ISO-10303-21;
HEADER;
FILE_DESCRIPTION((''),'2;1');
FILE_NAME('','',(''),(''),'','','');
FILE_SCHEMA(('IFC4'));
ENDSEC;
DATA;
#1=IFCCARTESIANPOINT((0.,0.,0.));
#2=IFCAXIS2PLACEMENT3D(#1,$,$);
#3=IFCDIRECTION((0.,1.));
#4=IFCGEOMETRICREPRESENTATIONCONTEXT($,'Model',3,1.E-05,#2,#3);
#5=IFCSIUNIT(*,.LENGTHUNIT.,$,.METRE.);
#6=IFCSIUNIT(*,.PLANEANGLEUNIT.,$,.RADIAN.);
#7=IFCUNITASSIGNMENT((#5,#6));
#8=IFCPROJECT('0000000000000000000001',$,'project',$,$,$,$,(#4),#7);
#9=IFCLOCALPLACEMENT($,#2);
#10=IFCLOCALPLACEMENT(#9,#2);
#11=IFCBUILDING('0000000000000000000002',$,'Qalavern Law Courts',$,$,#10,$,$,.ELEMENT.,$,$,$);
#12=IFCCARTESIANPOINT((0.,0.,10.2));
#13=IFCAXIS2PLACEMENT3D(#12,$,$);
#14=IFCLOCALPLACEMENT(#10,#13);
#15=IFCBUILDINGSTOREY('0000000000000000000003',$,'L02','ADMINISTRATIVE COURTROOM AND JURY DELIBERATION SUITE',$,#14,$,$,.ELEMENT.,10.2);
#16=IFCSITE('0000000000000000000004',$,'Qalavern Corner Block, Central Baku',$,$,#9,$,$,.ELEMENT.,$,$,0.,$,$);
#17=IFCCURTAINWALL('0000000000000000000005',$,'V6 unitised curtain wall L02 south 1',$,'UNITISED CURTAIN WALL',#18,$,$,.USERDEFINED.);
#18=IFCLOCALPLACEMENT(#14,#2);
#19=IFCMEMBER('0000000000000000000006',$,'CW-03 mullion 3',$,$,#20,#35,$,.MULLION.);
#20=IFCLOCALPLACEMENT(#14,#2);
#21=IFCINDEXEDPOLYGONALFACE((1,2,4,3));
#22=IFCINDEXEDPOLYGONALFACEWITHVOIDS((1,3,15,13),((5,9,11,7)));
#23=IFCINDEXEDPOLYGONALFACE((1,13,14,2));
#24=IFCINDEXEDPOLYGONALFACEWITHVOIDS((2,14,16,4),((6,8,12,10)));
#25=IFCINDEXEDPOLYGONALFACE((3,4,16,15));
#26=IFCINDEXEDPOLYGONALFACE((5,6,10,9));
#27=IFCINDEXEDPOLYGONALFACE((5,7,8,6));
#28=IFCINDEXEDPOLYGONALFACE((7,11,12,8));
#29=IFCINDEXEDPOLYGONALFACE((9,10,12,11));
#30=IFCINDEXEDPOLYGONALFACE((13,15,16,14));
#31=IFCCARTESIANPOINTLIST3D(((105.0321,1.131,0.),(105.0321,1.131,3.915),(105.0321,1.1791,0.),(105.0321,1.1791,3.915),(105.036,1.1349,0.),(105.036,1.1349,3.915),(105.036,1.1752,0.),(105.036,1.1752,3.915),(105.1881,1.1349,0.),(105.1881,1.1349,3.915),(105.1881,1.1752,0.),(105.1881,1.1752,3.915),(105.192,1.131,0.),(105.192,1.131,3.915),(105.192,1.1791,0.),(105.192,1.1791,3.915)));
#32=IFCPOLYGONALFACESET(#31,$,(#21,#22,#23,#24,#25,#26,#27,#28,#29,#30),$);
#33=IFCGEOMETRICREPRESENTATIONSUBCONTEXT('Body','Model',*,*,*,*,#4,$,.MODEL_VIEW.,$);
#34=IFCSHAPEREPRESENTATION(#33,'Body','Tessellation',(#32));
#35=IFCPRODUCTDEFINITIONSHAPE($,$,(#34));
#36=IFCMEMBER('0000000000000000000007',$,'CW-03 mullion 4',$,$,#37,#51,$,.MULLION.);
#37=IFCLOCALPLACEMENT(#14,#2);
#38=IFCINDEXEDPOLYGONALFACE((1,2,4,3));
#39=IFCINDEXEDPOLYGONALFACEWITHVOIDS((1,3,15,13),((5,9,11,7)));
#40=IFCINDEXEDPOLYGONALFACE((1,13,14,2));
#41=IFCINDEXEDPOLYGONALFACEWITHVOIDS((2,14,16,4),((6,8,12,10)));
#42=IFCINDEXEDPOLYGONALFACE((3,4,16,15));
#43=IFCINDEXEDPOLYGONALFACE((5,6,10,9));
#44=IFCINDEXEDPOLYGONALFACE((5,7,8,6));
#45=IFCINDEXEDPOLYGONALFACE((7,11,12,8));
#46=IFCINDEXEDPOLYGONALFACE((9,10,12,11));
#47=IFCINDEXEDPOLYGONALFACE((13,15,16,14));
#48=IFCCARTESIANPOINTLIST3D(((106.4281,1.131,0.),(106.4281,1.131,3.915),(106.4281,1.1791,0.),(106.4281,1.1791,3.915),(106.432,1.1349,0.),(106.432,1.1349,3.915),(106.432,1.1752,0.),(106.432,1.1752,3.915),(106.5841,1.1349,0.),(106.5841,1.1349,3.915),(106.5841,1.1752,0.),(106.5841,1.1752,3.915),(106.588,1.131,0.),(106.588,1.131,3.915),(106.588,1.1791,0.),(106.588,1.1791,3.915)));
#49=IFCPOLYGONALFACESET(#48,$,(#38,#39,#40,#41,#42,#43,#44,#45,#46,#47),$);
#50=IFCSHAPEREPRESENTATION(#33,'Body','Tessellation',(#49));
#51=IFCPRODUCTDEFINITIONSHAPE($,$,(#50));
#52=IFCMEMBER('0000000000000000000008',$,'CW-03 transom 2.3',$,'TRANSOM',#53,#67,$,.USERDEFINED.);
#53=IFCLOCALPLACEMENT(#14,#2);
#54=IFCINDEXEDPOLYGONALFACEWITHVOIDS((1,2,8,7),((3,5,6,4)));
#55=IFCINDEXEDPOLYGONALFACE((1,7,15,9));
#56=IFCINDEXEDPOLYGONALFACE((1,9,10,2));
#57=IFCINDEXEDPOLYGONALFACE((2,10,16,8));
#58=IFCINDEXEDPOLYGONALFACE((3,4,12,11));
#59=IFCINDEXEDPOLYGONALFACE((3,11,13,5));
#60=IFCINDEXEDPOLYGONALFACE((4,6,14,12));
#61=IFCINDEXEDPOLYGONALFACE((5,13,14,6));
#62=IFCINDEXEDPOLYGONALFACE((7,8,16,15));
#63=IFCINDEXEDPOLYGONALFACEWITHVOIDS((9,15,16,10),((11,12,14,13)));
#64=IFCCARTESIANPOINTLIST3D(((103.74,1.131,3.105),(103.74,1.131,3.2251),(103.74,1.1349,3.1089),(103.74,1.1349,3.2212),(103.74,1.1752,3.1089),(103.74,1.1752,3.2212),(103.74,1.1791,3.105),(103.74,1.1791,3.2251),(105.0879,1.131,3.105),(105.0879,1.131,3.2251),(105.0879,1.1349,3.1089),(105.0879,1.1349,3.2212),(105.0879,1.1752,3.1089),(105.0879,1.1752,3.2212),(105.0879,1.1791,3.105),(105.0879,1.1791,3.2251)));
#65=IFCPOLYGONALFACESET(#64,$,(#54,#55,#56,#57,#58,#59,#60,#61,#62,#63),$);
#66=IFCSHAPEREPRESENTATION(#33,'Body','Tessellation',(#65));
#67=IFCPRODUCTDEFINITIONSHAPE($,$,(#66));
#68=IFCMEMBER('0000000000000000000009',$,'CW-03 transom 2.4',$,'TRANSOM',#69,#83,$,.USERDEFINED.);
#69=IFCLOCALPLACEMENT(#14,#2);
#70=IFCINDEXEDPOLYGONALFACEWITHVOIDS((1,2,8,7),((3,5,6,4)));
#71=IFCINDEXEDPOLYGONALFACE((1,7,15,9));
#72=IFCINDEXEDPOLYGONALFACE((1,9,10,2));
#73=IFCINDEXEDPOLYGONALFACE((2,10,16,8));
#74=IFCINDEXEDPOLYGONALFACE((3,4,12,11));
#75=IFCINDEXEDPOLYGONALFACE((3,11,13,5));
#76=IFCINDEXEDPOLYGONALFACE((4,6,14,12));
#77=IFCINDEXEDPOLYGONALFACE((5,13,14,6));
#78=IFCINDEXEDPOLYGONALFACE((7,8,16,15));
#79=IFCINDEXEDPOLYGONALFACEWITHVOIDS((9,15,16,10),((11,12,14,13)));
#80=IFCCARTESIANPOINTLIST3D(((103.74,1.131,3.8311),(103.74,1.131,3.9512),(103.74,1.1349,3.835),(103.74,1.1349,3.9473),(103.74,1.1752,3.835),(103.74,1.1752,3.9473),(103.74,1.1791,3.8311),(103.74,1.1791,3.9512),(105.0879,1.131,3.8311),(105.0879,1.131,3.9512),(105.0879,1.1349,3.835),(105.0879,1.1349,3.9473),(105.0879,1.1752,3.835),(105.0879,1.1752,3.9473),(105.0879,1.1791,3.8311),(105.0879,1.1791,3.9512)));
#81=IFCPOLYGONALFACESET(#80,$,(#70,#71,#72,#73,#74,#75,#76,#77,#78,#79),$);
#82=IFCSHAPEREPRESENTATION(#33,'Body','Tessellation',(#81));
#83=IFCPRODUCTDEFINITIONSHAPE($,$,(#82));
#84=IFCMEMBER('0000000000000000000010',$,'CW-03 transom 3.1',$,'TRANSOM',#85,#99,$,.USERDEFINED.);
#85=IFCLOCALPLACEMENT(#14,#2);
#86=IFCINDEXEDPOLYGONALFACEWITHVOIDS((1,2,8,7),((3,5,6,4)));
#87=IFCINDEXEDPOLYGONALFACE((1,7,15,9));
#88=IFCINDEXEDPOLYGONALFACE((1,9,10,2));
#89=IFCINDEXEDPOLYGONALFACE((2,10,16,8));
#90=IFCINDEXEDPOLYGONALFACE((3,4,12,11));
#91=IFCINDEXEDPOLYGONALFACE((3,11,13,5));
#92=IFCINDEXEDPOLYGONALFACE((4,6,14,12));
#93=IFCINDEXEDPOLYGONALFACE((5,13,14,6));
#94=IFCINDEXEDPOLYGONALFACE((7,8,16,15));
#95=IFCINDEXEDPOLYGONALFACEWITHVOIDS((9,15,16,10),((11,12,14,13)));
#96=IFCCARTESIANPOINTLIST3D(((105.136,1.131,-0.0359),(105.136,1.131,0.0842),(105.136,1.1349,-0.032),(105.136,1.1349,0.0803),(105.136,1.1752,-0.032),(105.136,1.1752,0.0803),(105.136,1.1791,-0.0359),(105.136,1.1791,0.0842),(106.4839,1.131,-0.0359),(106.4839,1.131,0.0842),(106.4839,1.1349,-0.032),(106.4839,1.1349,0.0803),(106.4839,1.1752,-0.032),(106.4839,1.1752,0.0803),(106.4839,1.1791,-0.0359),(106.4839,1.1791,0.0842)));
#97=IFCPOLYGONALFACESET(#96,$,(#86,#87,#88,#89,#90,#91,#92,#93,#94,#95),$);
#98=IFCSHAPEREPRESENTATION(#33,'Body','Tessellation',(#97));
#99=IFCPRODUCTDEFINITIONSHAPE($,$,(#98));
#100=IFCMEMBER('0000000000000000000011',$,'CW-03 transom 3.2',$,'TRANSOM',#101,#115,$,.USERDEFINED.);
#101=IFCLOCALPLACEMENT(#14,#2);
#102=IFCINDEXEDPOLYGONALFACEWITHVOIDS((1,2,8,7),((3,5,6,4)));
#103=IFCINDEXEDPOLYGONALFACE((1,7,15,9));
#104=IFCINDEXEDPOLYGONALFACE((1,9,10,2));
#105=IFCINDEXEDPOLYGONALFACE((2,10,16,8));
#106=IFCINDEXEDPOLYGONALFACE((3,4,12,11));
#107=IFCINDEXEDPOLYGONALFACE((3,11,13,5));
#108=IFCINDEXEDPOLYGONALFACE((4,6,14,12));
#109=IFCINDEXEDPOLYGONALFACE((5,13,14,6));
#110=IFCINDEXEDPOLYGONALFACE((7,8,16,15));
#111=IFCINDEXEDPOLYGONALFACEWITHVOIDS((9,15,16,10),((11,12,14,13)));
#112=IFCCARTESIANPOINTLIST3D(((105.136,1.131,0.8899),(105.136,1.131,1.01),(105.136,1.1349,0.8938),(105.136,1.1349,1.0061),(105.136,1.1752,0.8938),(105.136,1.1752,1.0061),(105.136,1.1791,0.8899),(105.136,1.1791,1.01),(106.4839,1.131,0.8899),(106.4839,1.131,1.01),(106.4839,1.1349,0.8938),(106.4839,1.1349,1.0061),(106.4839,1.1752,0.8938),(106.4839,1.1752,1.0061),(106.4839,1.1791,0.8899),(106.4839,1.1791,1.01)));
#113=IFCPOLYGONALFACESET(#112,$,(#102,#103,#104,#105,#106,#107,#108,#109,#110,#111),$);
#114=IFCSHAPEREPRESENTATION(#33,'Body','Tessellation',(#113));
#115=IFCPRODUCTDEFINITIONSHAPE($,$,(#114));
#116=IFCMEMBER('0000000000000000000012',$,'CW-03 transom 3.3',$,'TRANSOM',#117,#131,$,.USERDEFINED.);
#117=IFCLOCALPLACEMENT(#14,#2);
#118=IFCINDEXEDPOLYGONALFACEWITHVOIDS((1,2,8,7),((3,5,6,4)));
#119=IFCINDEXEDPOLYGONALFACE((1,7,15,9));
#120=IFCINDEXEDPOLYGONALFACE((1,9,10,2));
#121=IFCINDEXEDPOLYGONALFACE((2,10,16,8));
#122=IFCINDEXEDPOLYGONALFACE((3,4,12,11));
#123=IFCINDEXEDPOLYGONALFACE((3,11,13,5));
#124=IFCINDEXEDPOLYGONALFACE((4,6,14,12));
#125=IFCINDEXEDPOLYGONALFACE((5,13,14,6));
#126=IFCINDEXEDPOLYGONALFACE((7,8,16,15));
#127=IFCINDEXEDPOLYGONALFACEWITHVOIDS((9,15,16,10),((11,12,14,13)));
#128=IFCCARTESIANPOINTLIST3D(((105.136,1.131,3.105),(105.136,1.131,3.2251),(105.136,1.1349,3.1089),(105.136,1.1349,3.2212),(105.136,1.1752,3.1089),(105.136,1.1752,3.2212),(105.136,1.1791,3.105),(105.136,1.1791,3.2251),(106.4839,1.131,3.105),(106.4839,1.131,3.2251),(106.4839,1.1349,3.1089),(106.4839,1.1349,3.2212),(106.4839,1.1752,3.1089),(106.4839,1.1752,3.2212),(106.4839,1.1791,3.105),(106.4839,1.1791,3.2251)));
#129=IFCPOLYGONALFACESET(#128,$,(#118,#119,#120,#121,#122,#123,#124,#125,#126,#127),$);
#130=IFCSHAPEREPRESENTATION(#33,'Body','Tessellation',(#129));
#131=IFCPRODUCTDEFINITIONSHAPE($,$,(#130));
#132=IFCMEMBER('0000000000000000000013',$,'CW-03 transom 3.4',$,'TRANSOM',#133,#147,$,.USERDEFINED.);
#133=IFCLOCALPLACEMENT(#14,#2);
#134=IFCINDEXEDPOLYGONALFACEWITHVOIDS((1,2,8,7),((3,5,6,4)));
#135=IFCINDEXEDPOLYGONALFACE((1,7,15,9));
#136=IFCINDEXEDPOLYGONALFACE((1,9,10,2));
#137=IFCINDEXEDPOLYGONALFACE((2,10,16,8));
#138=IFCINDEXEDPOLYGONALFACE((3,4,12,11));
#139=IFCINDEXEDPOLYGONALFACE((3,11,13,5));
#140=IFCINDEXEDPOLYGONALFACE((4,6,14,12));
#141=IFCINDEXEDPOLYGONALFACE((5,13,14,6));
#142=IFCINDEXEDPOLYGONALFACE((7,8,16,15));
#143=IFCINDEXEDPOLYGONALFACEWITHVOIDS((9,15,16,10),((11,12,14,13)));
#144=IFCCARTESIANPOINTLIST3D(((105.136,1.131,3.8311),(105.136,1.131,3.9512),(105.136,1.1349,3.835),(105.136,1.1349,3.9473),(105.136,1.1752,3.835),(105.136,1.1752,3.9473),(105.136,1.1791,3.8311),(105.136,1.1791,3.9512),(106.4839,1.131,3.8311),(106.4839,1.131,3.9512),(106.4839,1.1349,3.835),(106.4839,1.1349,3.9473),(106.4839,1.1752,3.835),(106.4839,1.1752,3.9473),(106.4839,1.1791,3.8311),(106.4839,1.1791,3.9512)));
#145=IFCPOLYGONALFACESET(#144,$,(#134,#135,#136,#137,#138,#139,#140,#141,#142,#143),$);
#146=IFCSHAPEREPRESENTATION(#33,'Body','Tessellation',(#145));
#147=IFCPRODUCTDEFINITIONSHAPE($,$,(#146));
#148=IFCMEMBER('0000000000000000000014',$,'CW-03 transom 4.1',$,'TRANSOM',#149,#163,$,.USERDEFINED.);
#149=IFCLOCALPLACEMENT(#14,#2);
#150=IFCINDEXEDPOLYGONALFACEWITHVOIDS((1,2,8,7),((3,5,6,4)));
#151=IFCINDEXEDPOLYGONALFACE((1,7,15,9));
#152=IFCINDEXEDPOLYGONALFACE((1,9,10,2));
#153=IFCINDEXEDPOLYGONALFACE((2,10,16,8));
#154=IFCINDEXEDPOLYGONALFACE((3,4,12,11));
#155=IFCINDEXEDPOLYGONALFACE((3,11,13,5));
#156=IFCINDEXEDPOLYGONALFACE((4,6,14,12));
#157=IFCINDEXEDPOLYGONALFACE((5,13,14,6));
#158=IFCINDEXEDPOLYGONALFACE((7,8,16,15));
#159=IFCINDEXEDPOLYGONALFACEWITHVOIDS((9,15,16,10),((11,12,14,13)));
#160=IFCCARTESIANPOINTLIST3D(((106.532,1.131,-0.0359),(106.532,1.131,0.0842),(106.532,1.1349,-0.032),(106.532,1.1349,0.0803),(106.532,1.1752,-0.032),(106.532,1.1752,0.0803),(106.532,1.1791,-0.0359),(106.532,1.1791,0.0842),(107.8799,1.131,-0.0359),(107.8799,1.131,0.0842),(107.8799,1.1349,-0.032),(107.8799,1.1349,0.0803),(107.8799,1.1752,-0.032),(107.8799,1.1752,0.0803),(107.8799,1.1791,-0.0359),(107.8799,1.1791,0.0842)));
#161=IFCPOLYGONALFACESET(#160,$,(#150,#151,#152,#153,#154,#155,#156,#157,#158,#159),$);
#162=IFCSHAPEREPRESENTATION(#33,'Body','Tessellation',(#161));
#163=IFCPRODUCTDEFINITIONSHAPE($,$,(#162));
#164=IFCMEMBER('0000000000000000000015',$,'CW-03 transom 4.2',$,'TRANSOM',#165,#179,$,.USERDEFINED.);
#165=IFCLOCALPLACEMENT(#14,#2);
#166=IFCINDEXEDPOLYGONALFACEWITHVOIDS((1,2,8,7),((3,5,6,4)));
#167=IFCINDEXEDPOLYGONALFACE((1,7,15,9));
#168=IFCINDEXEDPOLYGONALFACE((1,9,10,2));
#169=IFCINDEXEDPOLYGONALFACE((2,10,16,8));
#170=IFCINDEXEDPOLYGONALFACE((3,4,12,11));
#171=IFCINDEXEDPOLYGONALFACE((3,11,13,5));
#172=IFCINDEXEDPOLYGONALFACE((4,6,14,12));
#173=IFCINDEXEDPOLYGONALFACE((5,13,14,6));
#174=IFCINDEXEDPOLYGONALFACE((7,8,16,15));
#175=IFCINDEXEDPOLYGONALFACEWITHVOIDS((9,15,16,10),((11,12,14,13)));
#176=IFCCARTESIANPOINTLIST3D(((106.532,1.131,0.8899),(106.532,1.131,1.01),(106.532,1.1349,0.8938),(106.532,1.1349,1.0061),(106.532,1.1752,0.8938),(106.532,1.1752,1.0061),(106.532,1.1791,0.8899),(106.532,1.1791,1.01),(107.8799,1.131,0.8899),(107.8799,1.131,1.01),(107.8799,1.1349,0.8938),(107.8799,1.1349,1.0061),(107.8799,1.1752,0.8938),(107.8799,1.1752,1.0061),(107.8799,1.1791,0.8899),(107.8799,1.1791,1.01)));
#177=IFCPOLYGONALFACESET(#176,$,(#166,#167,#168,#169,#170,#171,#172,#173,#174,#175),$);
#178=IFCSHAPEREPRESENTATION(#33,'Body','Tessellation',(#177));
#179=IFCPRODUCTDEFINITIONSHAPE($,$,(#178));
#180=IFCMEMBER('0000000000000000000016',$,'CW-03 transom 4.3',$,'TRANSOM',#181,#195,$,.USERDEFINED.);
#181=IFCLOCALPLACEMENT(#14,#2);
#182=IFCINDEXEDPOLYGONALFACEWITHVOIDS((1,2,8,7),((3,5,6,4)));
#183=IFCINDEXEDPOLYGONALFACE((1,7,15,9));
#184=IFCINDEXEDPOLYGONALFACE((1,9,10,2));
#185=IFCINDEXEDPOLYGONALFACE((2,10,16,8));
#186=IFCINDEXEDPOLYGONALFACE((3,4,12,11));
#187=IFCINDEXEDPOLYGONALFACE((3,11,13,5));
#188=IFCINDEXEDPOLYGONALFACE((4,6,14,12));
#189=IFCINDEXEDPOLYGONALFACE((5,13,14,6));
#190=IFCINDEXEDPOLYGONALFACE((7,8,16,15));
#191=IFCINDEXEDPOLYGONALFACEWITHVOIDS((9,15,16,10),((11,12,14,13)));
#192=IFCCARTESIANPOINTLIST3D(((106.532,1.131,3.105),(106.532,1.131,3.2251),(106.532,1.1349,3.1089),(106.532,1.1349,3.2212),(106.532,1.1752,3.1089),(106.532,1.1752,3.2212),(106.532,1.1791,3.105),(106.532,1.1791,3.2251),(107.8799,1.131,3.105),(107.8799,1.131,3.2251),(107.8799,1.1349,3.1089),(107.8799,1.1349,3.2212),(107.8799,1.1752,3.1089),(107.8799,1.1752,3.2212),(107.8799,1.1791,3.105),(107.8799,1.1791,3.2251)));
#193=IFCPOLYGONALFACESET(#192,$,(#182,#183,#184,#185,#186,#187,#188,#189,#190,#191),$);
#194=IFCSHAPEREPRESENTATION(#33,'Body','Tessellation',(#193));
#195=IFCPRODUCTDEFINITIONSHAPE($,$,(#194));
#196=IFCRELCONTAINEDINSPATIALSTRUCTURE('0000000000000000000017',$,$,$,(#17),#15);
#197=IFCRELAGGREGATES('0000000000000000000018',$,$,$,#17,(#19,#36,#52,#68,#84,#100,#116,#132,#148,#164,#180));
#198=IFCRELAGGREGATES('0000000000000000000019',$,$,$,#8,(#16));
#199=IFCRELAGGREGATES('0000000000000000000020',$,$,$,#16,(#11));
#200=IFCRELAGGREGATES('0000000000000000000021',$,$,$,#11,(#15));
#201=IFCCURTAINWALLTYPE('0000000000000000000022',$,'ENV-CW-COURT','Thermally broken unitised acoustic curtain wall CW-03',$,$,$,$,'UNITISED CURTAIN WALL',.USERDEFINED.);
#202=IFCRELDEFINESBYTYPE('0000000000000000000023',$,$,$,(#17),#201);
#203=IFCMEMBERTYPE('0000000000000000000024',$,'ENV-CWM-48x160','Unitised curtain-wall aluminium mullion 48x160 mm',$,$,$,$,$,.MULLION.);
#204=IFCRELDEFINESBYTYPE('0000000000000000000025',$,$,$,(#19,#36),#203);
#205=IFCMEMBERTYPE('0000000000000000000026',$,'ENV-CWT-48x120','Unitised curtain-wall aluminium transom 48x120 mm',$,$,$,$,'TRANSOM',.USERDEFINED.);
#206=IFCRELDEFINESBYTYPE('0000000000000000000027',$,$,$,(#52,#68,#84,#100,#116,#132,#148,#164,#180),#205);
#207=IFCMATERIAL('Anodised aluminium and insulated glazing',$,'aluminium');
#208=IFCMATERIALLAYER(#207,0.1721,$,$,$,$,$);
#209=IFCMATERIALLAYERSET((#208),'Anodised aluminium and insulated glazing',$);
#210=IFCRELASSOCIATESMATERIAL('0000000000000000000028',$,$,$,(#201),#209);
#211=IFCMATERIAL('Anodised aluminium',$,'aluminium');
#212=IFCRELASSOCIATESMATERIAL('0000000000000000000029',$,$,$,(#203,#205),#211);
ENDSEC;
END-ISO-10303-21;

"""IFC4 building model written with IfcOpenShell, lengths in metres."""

from ifc_helpers import new_model, si_unit, direction, frame, origin, origin_2d, place, context, subcontext, project, spatial, hollow_rectangle, extrude, material, layer, layer_set, material_profile, profile_set, type_object, element, aggregate, save


model = new_model("IFC4")

# Units and contexts
model_context = context("Model", 3, precision=1e-05, world=origin(), true_north=direction((0.0, 1.0)))
body_context = subcontext(model_context, "Body", "Model", "MODEL_VIEW")
ifc_project = project(units=[si_unit("LENGTHUNIT", "METRE"), si_unit("PLANEANGLEUNIT", "RADIAN")], contexts=[model_context])

# Site, building, storey
site_placement = place(None, origin())
site = spatial("IfcSite", under=ifc_project, at=site_placement, Name="Qalavern Corner Block, Central Baku", CompositionType="ELEMENT", RefElevation=0.0)
building_placement = place(site_placement, origin())
building = spatial("IfcBuilding", under=site, at=building_placement, Name="Qalavern Law Courts", CompositionType="ELEMENT")
storey_placement = place(building_placement, frame((0.0, 0.0, 10.2)))
storey = spatial("IfcBuildingStorey", under=building, at=storey_placement, Name="L02", Description="ADMINISTRATIVE COURTROOM AND JURY DELIBERATION SUITE", CompositionType="ELEMENT", Elevation=10.2)

# Curtain wall, members
ifc_material_1 = material(Name="Anodised aluminium and insulated glazing", Category="aluminium")
ifc_layer_1 = layer(ifc_material_1, 0.1721)
ifc_layer_set_1 = layer_set([ifc_layer_1], Name="Anodised aluminium and insulated glazing")
curtain_wall_type = type_object("IfcCurtainWallType", Name="ENV-CW-COURT", Description="Thermally broken unitised acoustic curtain wall CW-03", ElementType="UNITISED CURTAIN WALL", PredefinedType="USERDEFINED", material=ifc_layer_set_1)
curtain_wall_placement = place(storey_placement, origin())
curtain_wall = element("IfcCurtainWall", 1, at=curtain_wall_placement, inside=storey, type_object=curtain_wall_type, Name="V6 unitised curtain wall L02 south 1", ObjectType="UNITISED CURTAIN WALL", PredefinedType="USERDEFINED")
ifc_material_2 = material(Name="Anodised aluminium", Category="aluminium")
ifc_material_profile_1 = material_profile(ifc_material_2, hollow_rectangle(XDim=0.0481, YDim=0.1599, WallThickness=0.0039, at=origin_2d()), Name="ALU MULLION 48x160")
ifc_profile_set_1 = profile_set([ifc_material_profile_1], Name="Anodised aluminium")
member_type_1 = type_object("IfcMemberType", Name="ENV-CWM-48x160", Description="Unitised curtain-wall aluminium mullion 48x160 mm", PredefinedType="MULLION", material=ifc_profile_set_1)
member_1_placement = place(storey_placement, frame((105.1121, 1.155, 0.0), z_axis=(0.0, 0.0, 1.0), x_axis=(0.0, 1.0, 0.0)))
member_1 = element("IfcMember", 2, at=member_1_placement, type_object=member_type_1, Name="CW-03 mullion 3", PredefinedType="MULLION", context=body_context, shape_type="SweptSolid", body=[
    extrude(hollow_rectangle(XDim=0.0481, YDim=0.1599, WallThickness=0.0039, at=origin_2d()), origin(), (0.0, 0.0, 1.0), 3.915),
])
member_2_placement = place(storey_placement, frame((106.5081, 1.155, 0.0), z_axis=(0.0, 0.0, 1.0), x_axis=(0.0, 1.0, 0.0)))
member_2 = element("IfcMember", 3, at=member_2_placement, type_object=member_type_1, Name="CW-03 mullion 4", PredefinedType="MULLION", context=body_context, shape_type="SweptSolid", body=[
    extrude(hollow_rectangle(XDim=0.0481, YDim=0.1599, WallThickness=0.0039, at=origin_2d()), origin(), (0.0, 0.0, 1.0), 3.915),
])
ifc_material_profile_2 = material_profile(ifc_material_2, hollow_rectangle(XDim=0.0481, YDim=0.1201, WallThickness=0.0039, at=origin_2d()), Name="ALU TRANSOM 48x120")
ifc_profile_set_2 = profile_set([ifc_material_profile_2], Name="Anodised aluminium")
member_type_2 = type_object("IfcMemberType", Name="ENV-CWT-48x120", Description="Unitised curtain-wall aluminium transom 48x120 mm", ElementType="TRANSOM", PredefinedType="USERDEFINED", material=ifc_profile_set_2)
member_3_placement = place(storey_placement, frame((103.74, 1.155, 3.165), z_axis=(1.0, 0.0, 0.0), x_axis=(0.0, 1.0, 0.0)))
member_3 = element("IfcMember", 4, at=member_3_placement, type_object=member_type_2, Name="CW-03 transom 2.3", ObjectType="TRANSOM", PredefinedType="USERDEFINED", context=body_context, shape_type="SweptSolid", body=[
    extrude(hollow_rectangle(XDim=0.0481, YDim=0.1201, WallThickness=0.0039, at=origin_2d()), origin(), (0.0, 0.0, 1.0), 1.3479),
])
member_4_placement = place(storey_placement, frame((103.74, 1.155, 3.8911), z_axis=(1.0, 0.0, 0.0), x_axis=(0.0, 1.0, 0.0)))
member_4 = element("IfcMember", 5, at=member_4_placement, type_object=member_type_2, Name="CW-03 transom 2.4", ObjectType="TRANSOM", PredefinedType="USERDEFINED", context=body_context, shape_type="SweptSolid", body=[
    extrude(hollow_rectangle(XDim=0.0481, YDim=0.1201, WallThickness=0.0039, at=origin_2d()), origin(), (0.0, 0.0, 1.0), 1.3479),
])
member_5_placement = place(storey_placement, frame((105.136, 1.155, 0.0242), z_axis=(1.0, 0.0, 0.0), x_axis=(0.0, 1.0, 0.0)))
member_5 = element("IfcMember", 6, at=member_5_placement, type_object=member_type_2, Name="CW-03 transom 3.1", ObjectType="TRANSOM", PredefinedType="USERDEFINED", context=body_context, shape_type="SweptSolid", body=[
    extrude(hollow_rectangle(XDim=0.0481, YDim=0.1201, WallThickness=0.0039, at=origin_2d()), origin(), (0.0, 0.0, 1.0), 1.3479),
])
member_6_placement = place(storey_placement, frame((105.136, 1.155, 0.95), z_axis=(1.0, 0.0, 0.0), x_axis=(0.0, 1.0, 0.0)))
member_6 = element("IfcMember", 7, at=member_6_placement, type_object=member_type_2, Name="CW-03 transom 3.2", ObjectType="TRANSOM", PredefinedType="USERDEFINED", context=body_context, shape_type="SweptSolid", body=[
    extrude(hollow_rectangle(XDim=0.0481, YDim=0.1201, WallThickness=0.0039, at=origin_2d()), origin(), (0.0, 0.0, 1.0), 1.3479),
])
member_7_placement = place(storey_placement, frame((105.136, 1.155, 3.165), z_axis=(1.0, 0.0, 0.0), x_axis=(0.0, 1.0, 0.0)))
member_7 = element("IfcMember", 8, at=member_7_placement, type_object=member_type_2, Name="CW-03 transom 3.3", ObjectType="TRANSOM", PredefinedType="USERDEFINED", context=body_context, shape_type="SweptSolid", body=[
    extrude(hollow_rectangle(XDim=0.0481, YDim=0.1201, WallThickness=0.0039, at=origin_2d()), origin(), (0.0, 0.0, 1.0), 1.3479),
])
member_8_placement = place(storey_placement, frame((105.136, 1.155, 3.8911), z_axis=(1.0, 0.0, 0.0), x_axis=(0.0, 1.0, 0.0)))
member_8 = element("IfcMember", 9, at=member_8_placement, type_object=member_type_2, Name="CW-03 transom 3.4", ObjectType="TRANSOM", PredefinedType="USERDEFINED", context=body_context, shape_type="SweptSolid", body=[
    extrude(hollow_rectangle(XDim=0.0481, YDim=0.1201, WallThickness=0.0039, at=origin_2d()), origin(), (0.0, 0.0, 1.0), 1.3479),
])
member_9_placement = place(storey_placement, frame((106.532, 1.155, 0.0242), z_axis=(1.0, 0.0, 0.0), x_axis=(0.0, 1.0, 0.0)))
member_9 = element("IfcMember", 10, at=member_9_placement, type_object=member_type_2, Name="CW-03 transom 4.1", ObjectType="TRANSOM", PredefinedType="USERDEFINED", context=body_context, shape_type="SweptSolid", body=[
    extrude(hollow_rectangle(XDim=0.0481, YDim=0.1201, WallThickness=0.0039, at=origin_2d()), origin(), (0.0, 0.0, 1.0), 1.3479),
])
member_10_placement = place(storey_placement, frame((106.532, 1.155, 0.95), z_axis=(1.0, 0.0, 0.0), x_axis=(0.0, 1.0, 0.0)))
member_10 = element("IfcMember", 11, at=member_10_placement, type_object=member_type_2, Name="CW-03 transom 4.2", ObjectType="TRANSOM", PredefinedType="USERDEFINED", context=body_context, shape_type="SweptSolid", body=[
    extrude(hollow_rectangle(XDim=0.0481, YDim=0.1201, WallThickness=0.0039, at=origin_2d()), origin(), (0.0, 0.0, 1.0), 1.3479),
])
member_11_placement = place(storey_placement, frame((106.532, 1.155, 3.165), z_axis=(1.0, 0.0, 0.0), x_axis=(0.0, 1.0, 0.0)))
member_11 = element("IfcMember", 12, at=member_11_placement, type_object=member_type_2, Name="CW-03 transom 4.3", ObjectType="TRANSOM", PredefinedType="USERDEFINED", context=body_context, shape_type="SweptSolid", body=[
    extrude(hollow_rectangle(XDim=0.0481, YDim=0.1201, WallThickness=0.0039, at=origin_2d()), origin(), (0.0, 0.0, 1.0), 1.3479),
])
aggregate(curtain_wall, [member_1, member_2, member_3, member_4, member_5, member_6, member_7, member_8, member_9, member_10, member_11])

save(model, "model.ifc")
